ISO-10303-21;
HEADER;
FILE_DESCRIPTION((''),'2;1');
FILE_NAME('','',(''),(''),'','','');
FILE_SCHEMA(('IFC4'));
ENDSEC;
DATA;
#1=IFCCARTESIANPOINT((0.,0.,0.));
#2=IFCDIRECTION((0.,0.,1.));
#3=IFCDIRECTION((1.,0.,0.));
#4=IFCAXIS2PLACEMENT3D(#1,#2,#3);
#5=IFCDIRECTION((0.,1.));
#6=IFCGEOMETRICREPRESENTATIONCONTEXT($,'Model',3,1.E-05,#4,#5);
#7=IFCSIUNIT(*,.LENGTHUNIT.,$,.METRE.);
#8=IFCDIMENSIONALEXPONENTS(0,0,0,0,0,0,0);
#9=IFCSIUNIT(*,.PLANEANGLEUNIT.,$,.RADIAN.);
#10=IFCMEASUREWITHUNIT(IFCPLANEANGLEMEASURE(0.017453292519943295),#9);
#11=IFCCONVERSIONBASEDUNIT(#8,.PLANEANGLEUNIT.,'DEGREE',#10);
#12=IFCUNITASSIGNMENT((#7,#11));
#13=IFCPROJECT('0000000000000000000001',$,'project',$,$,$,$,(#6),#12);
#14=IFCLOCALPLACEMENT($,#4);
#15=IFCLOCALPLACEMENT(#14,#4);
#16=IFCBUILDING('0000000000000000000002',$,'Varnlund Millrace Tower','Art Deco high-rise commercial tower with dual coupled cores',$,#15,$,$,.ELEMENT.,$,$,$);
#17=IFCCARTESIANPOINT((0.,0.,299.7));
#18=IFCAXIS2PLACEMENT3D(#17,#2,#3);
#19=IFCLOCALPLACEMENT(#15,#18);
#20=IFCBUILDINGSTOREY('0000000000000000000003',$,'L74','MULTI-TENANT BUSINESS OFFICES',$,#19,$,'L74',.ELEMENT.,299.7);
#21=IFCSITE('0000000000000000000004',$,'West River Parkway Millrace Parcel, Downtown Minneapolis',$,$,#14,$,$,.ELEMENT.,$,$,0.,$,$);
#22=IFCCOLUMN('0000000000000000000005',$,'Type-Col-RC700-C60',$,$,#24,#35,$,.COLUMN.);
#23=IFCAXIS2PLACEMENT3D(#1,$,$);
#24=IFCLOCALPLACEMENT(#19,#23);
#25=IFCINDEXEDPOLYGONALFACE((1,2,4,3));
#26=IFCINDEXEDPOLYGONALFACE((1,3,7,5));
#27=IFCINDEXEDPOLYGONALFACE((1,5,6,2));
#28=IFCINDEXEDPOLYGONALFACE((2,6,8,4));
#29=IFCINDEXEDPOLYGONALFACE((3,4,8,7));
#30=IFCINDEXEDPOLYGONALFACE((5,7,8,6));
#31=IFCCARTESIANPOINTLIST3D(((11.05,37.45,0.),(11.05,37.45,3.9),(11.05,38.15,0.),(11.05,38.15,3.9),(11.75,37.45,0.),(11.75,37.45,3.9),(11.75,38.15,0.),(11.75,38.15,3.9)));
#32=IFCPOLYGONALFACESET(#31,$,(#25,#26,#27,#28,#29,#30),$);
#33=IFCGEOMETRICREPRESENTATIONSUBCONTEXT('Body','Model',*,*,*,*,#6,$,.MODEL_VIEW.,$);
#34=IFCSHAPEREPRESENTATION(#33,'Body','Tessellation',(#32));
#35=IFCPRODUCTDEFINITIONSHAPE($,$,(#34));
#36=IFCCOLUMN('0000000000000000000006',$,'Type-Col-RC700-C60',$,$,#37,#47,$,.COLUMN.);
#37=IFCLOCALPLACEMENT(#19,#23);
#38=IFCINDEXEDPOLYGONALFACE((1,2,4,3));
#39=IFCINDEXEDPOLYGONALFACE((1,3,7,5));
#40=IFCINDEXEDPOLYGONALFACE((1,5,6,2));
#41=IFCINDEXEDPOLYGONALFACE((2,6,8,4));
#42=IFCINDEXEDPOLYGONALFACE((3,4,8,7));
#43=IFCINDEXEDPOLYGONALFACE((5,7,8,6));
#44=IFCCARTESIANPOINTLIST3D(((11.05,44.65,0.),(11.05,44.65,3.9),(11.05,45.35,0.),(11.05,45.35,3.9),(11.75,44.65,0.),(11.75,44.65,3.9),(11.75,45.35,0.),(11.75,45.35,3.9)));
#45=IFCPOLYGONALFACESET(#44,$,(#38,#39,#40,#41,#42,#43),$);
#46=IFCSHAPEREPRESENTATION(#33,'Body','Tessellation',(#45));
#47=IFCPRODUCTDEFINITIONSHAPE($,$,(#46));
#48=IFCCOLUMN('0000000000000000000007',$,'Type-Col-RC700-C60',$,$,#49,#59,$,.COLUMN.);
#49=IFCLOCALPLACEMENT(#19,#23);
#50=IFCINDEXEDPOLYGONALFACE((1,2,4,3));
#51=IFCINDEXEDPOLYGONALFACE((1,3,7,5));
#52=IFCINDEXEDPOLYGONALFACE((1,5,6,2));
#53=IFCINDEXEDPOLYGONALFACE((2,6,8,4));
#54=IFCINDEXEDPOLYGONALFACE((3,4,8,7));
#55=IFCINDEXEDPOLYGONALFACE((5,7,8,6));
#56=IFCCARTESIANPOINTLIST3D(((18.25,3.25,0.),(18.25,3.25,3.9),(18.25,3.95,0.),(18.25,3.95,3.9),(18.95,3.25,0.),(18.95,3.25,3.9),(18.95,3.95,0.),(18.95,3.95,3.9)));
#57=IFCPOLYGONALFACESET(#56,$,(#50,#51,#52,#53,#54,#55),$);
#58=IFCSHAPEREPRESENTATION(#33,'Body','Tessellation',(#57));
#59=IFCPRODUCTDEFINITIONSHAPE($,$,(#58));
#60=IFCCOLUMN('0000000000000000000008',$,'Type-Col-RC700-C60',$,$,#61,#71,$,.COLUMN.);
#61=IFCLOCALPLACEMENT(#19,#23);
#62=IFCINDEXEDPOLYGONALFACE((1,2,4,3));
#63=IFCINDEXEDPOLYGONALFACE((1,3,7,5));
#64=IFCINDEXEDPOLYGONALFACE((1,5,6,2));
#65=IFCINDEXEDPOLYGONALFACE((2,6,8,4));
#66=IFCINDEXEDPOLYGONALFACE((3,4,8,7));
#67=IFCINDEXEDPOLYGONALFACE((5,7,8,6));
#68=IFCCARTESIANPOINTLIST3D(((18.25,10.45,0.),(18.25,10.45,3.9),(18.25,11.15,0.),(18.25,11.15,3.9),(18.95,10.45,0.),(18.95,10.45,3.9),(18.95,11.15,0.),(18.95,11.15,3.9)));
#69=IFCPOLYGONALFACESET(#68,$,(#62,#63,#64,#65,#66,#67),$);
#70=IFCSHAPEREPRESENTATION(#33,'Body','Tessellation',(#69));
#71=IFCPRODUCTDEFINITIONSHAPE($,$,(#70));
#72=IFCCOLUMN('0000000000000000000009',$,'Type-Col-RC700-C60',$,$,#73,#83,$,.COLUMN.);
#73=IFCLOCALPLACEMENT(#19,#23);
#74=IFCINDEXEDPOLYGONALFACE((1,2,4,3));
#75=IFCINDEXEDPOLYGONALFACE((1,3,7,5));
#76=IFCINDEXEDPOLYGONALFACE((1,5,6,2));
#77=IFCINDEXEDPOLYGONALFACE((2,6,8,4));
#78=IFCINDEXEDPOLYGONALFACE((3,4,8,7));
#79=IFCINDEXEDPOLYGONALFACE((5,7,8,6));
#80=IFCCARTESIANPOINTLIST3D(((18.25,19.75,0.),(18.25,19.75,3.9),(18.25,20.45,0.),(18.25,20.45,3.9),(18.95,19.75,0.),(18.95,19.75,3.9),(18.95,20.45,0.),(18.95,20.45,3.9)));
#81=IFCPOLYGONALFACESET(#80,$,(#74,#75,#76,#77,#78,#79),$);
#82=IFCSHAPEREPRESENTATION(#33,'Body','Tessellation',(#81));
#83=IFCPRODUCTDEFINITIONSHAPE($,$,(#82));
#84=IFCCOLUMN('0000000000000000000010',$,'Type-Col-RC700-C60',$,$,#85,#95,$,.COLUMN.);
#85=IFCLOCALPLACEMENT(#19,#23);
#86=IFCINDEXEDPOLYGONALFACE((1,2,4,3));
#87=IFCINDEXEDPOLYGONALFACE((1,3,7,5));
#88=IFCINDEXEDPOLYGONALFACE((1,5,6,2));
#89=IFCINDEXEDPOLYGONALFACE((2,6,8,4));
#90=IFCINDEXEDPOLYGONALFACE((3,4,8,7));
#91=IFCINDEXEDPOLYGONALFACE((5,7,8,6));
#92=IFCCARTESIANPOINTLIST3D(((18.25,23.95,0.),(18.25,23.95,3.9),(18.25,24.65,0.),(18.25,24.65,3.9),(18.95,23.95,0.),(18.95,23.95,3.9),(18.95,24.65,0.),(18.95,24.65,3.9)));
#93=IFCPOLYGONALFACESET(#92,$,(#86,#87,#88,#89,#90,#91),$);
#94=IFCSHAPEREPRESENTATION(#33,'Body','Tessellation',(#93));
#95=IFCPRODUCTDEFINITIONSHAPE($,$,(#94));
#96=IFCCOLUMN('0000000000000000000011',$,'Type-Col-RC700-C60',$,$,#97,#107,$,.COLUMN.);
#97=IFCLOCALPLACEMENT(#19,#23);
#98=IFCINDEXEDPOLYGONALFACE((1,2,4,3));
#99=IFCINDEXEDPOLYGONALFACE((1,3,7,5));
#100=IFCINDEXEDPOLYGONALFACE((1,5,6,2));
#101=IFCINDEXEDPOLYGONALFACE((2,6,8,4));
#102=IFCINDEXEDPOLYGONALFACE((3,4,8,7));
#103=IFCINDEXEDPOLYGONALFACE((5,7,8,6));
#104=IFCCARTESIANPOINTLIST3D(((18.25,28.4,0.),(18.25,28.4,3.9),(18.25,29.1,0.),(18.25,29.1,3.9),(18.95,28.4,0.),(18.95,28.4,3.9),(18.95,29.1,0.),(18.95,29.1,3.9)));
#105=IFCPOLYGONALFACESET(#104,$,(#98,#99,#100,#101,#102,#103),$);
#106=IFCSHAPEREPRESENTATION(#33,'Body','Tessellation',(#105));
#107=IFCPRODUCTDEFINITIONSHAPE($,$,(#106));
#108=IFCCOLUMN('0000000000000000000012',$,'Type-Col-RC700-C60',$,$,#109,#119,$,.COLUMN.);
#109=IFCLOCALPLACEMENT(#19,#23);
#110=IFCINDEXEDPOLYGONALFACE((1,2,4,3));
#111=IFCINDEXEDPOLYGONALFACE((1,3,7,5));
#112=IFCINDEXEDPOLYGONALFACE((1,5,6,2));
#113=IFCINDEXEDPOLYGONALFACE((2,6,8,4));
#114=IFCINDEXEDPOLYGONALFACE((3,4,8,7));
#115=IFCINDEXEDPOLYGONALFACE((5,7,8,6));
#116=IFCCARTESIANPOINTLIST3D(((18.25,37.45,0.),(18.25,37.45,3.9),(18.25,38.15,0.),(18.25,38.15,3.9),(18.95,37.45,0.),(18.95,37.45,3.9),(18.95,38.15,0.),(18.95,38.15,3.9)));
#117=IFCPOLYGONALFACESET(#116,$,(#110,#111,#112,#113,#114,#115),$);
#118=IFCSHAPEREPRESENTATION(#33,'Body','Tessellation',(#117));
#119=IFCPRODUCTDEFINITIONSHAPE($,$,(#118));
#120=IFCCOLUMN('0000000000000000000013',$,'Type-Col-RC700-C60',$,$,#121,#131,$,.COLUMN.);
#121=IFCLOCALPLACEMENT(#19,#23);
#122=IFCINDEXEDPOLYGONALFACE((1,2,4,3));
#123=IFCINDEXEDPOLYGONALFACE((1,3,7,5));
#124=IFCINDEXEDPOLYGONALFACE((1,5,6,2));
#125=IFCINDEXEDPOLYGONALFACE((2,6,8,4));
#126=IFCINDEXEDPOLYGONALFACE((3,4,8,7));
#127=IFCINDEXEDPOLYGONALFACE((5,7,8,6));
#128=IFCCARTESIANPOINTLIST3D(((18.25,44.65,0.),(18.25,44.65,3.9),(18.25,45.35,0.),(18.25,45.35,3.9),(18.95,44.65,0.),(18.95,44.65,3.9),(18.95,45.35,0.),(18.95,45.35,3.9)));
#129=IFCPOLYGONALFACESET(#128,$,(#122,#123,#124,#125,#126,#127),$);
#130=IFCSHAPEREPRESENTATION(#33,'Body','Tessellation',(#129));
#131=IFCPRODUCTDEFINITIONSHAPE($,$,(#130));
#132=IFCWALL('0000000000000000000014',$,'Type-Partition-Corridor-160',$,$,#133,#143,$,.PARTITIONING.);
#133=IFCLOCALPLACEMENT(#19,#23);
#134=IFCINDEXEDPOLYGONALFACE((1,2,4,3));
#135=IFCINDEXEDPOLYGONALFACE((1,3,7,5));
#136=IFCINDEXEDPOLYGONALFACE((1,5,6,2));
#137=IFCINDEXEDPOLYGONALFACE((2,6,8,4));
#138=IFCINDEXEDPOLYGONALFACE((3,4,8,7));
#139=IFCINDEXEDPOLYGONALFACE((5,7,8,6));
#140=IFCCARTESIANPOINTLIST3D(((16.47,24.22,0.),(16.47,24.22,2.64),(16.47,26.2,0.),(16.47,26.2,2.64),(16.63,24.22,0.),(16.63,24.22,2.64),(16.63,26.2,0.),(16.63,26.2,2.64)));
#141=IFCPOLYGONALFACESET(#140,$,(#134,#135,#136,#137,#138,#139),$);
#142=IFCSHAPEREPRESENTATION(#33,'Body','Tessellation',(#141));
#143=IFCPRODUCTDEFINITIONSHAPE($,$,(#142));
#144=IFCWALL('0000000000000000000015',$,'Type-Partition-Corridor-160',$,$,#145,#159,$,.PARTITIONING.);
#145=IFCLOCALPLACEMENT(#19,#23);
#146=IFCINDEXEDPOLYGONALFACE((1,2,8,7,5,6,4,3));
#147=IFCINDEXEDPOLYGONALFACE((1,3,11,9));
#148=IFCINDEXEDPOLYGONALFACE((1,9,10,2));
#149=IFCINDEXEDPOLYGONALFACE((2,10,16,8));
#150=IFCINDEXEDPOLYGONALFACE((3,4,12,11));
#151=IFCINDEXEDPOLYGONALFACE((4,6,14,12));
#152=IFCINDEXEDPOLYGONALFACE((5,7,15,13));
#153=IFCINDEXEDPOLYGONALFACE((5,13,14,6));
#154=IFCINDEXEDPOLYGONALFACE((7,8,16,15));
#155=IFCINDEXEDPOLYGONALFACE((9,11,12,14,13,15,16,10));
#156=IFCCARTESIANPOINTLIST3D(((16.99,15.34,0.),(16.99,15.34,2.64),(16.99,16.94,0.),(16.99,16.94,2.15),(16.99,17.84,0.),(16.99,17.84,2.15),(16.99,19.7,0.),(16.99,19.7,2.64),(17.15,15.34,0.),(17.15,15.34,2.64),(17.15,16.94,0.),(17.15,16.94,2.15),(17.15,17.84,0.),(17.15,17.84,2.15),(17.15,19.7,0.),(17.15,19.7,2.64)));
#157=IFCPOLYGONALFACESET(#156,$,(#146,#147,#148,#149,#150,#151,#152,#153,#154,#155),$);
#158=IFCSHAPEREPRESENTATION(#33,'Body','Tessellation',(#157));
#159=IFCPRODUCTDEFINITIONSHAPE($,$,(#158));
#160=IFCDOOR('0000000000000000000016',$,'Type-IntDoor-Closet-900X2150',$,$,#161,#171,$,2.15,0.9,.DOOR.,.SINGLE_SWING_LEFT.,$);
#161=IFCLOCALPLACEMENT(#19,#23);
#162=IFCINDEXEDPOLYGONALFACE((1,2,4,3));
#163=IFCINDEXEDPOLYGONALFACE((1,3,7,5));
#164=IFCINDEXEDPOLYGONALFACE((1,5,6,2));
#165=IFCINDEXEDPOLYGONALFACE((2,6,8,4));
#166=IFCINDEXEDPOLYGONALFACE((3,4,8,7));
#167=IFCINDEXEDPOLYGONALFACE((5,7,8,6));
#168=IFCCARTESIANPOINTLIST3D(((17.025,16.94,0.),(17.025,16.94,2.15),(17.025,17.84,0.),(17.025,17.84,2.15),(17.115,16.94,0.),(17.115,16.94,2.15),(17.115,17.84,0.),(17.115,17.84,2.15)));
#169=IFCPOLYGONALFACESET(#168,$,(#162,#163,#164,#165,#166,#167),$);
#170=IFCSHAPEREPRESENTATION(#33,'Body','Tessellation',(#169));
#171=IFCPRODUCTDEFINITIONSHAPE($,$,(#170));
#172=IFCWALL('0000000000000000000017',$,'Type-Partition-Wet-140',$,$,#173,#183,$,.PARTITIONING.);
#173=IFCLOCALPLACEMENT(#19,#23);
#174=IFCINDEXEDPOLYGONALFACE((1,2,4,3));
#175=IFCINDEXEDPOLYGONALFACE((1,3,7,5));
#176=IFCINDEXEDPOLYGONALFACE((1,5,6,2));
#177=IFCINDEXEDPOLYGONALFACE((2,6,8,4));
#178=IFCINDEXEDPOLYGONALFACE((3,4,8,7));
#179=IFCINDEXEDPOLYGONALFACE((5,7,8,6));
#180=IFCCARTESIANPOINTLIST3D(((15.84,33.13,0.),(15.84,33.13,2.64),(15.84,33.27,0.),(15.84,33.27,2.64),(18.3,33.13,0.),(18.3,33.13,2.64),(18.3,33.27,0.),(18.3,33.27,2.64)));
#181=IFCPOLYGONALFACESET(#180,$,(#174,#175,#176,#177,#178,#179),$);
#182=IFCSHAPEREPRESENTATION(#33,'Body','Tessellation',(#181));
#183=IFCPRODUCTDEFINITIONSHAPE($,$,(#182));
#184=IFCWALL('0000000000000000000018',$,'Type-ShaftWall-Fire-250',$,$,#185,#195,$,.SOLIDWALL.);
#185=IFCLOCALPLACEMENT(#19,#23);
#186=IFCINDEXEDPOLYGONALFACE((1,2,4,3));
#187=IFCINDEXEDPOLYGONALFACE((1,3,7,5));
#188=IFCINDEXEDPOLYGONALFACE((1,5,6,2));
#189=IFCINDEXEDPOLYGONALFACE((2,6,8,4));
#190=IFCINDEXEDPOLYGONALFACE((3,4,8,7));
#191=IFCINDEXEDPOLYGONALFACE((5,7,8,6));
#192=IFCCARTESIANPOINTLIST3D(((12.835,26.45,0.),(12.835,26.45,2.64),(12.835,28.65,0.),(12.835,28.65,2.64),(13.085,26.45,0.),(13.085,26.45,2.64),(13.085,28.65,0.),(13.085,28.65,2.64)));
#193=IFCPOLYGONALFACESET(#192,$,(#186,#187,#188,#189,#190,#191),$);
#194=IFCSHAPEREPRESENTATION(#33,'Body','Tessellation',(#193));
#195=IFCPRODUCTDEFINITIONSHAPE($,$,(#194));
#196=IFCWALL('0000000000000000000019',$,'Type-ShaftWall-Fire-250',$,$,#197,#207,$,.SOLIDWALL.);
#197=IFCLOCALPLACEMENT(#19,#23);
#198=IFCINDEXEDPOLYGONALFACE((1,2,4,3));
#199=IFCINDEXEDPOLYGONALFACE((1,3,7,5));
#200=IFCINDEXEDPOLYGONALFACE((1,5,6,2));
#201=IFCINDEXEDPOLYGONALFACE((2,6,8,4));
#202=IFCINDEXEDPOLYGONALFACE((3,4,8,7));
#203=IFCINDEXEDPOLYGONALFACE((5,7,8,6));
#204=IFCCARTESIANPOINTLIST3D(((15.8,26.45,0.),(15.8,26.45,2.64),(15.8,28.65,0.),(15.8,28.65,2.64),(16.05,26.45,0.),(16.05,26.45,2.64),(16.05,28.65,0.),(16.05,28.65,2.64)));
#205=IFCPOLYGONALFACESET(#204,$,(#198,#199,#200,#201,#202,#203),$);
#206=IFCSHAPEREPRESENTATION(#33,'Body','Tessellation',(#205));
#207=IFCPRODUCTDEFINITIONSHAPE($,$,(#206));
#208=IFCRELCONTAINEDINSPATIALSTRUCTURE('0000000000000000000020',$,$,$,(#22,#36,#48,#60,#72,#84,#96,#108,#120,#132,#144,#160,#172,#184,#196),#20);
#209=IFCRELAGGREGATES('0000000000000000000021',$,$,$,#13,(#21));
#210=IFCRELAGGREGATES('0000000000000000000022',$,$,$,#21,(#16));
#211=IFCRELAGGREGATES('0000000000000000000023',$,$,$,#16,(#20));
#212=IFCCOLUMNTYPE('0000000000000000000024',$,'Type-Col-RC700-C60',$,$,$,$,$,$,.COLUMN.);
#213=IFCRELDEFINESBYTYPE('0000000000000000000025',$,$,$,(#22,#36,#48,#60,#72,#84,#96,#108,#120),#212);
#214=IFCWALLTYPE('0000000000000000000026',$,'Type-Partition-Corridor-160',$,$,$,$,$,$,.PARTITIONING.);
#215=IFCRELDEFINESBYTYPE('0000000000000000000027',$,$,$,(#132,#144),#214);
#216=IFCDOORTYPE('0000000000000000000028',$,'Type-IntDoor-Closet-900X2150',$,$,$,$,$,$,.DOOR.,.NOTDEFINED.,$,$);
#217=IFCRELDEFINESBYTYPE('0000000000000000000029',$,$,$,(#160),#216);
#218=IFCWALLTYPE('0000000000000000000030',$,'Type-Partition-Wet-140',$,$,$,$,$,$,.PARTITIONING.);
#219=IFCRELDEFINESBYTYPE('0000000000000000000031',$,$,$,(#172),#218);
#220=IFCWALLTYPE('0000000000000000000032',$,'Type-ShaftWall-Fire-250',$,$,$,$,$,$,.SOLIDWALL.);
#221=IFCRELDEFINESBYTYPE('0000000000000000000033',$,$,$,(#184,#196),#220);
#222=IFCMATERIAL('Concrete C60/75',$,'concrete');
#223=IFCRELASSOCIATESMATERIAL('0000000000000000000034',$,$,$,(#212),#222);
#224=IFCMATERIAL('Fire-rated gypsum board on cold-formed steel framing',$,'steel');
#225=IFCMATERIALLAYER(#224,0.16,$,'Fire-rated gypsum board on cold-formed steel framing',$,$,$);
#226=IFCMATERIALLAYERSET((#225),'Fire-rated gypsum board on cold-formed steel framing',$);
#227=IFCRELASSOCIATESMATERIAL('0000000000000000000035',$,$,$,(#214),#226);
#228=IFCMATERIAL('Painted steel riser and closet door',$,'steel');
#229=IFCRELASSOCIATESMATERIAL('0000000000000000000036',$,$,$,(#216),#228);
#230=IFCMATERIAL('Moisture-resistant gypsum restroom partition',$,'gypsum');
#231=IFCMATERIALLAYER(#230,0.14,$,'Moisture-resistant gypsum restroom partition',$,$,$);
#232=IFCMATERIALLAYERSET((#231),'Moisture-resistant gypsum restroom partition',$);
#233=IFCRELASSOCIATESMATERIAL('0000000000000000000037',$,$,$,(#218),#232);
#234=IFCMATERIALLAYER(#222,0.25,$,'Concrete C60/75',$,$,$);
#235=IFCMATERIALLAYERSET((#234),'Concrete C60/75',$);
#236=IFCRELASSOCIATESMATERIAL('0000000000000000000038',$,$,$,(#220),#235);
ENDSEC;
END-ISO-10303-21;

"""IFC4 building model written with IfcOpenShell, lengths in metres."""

from ifc_helpers import new_model, entity, si_unit, converted_unit, direction, frame, origin_with_axes, origin_2d_with_axis, place, context, subcontext, project, spatial, polyline, rectangle, outline, extrude, material, layer, layer_set, material_profile, profile_set, type_object, element, fill, save


model = new_model("IFC4")

# Units and contexts
model_context = context("Model", 3, precision=1e-05, world=origin_with_axes(), true_north=direction((0.0, 1.0)))
body_context = subcontext(model_context, "Body", "Model", "MODEL_VIEW")
ifc_project = project(units=[si_unit("LENGTHUNIT", "METRE"), converted_unit("PLANEANGLEUNIT", "DEGREE", entity("IfcPlaneAngleMeasure", 0.017453292519943295), si_unit("PLANEANGLEUNIT", "RADIAN"), dimensions=[0, 0, 0, 0, 0, 0, 0])], contexts=[model_context])

# Site, building, storey
site_placement = place(None, origin_with_axes())
site = spatial("IfcSite", under=ifc_project, at=site_placement, Name="West River Parkway Millrace Parcel, Downtown Minneapolis", CompositionType="ELEMENT", RefElevation=0.0)
building_placement = place(site_placement, origin_with_axes())
building = spatial("IfcBuilding", under=site, at=building_placement, Name="Varnlund Millrace Tower", Description="Art Deco high-rise commercial tower with dual coupled cores", CompositionType="ELEMENT")
storey_placement = place(building_placement, frame((0.0, 0.0, 299.7), z_axis=(0.0, 0.0, 1.0), x_axis=(1.0, 0.0, 0.0)))
storey = spatial("IfcBuildingStorey", under=building, at=storey_placement, Name="L74", Description="MULTI-TENANT BUSINESS OFFICES", LongName="L74", CompositionType="ELEMENT", Elevation=299.7)

# Columns
ifc_material_1 = material(Name="Concrete C60/75", Category="concrete")
ifc_material_profile_1 = material_profile(ifc_material_1, rectangle(XDim=0.7, YDim=0.7, at=origin_2d_with_axis()), Name="Concrete C60/75")
ifc_profile_set_1 = profile_set([ifc_material_profile_1], Name="Concrete C60/75")
column_type_1 = type_object("IfcColumnType", Name="Type-Col-RC700-C60", PredefinedType="COLUMN", material=ifc_profile_set_1)
for number, where, z_axis, x_axis, name in (
    (1, (11.4, 37.8, 0.0), (0.0, 0.0, 1.0), (1.0, 0.0, 0.0), "Type-Col-RC700-C60"),
    (2, (11.4, 45.0, 0.0), (0.0, 0.0, 1.0), (1.0, 0.0, 0.0), "Type-Col-RC700-C60"),
    (3, (18.6, 3.6, 0.0), (0.0, 0.0, 1.0), (1.0, 0.0, 0.0), "Type-Col-RC700-C60"),
    (4, (18.6, 10.8, 0.0), (0.0, 0.0, 1.0), (1.0, 0.0, 0.0), "Type-Col-RC700-C60"),
    (5, (18.6, 20.1, 0.0), (0.0, 0.0, 1.0), (1.0, 0.0, 0.0), "Type-Col-RC700-C60"),
    (6, (18.6, 24.3, 0.0), (0.0, 0.0, 1.0), (1.0, 0.0, 0.0), "Type-Col-RC700-C60"),
    (7, (18.6, 28.75, 0.0), (0.0, 0.0, 1.0), (1.0, 0.0, 0.0), "Type-Col-RC700-C60"),
    (8, (18.6, 37.8, 0.0), (0.0, 0.0, 1.0), (1.0, 0.0, 0.0), "Type-Col-RC700-C60"),
    (9, (18.6, 45.0, 0.0), (0.0, 0.0, 1.0), (1.0, 0.0, 0.0), "Type-Col-RC700-C60"),
):
    element("IfcColumn", number, at=place(storey_placement, frame(where, z_axis=z_axis, x_axis=x_axis)), inside=storey, type_object=column_type_1, Name=name, PredefinedType="COLUMN", context=body_context, shape_type="SweptSolid", body=[
        extrude(rectangle(XDim=0.7, YDim=0.7, at=origin_2d_with_axis()), origin_with_axes(), (0.0, 0.0, 1.0), 3.9),
    ])

# Wall
ifc_material_2 = material(Name="Fire-rated gypsum board on cold-formed steel framing", Category="steel")
ifc_layer_1 = layer(ifc_material_2, 0.16, Name="Fire-rated gypsum board on cold-formed steel framing")
ifc_layer_set_1 = layer_set([ifc_layer_1], Name="Fire-rated gypsum board on cold-formed steel framing")
wall_type_1 = type_object("IfcWallType", Name="Type-Partition-Corridor-160", PredefinedType="PARTITIONING", material=ifc_layer_set_1)
wall_1_placement = place(storey_placement, frame((16.55, 24.22, 0.0), z_axis=(0.0, 0.0, 1.0), x_axis=(0.0, 1.0, 0.0)))
element("IfcWall", 10, at=wall_1_placement, inside=storey, type_object=wall_type_1, Name="Type-Partition-Corridor-160", PredefinedType="PARTITIONING", context=body_context, shape_type="SweptSolid", body=[
    extrude(outline(polyline([(0.0, -0.08), (1.98, -0.08), (1.98, 0.08), (0.0, 0.08), (0.0, -0.08)])), origin_with_axes(), (0.0, 0.0, 1.0), 2.64),
])

# Wall, opening, door
wall_2_placement = place(storey_placement, frame((17.07, 15.34, 0.0), z_axis=(0.0, 0.0, 1.0), x_axis=(0.0, 1.0, 0.0)))
wall_2 = element("IfcWall", 11, at=wall_2_placement, inside=storey, type_object=wall_type_1, Name="Type-Partition-Corridor-160", PredefinedType="PARTITIONING", context=body_context, shape_type="SweptSolid", body=[
    extrude(outline(polyline([(0.0, -0.08), (4.36, -0.08), (4.36, 0.08), (0.0, 0.08), (0.0, -0.08)])), origin_with_axes(), (0.0, 0.0, 1.0), 2.64),
])
opening_1_placement = place(wall_2_placement, frame((2.05, 0.0, 0.0), z_axis=(0.0, 0.0, 1.0), x_axis=(1.0, 0.0, 0.0)))
opening_1 = element("IfcOpeningElement", 12, at=opening_1_placement, cuts=wall_2, PredefinedType="OPENING", context=body_context, shape_type="SweptSolid", body=[
    extrude(rectangle(XDim=0.9, YDim=0.18, at=origin_2d_with_axis()), origin_with_axes(), (0.0, 0.0, 1.0), 2.15),
])
ifc_material_3 = material(Name="Painted steel riser and closet door", Category="steel")
door_type_1 = type_object("IfcDoorType", Name="Type-IntDoor-Closet-900X2150", OperationType="NOTDEFINED", PredefinedType="DOOR", material=ifc_material_3)
door_1_placement = place(wall_2_placement, frame((2.05, 0.0, 0.0), z_axis=(0.0, 0.0, 1.0), x_axis=(1.0, 0.0, 0.0)))
door_1 = element("IfcDoor", 13, at=door_1_placement, inside=storey, type_object=door_type_1, Name="Type-IntDoor-Closet-900X2150", OperationType="SINGLE_SWING_LEFT", OverallHeight=2.15, OverallWidth=0.9, PredefinedType="DOOR", context=body_context, shape_type="SweptSolid", body=[
    extrude(rectangle(XDim=0.9, YDim=0.09, at=origin_2d_with_axis()), origin_with_axes(), (0.0, 0.0, 1.0), 2.15),
])
fill(opening_1, door_1)

# Walls
ifc_material_4 = material(Name="Moisture-resistant gypsum restroom partition", Category="gypsum")
ifc_layer_2 = layer(ifc_material_4, 0.14, Name="Moisture-resistant gypsum restroom partition")
ifc_layer_set_2 = layer_set([ifc_layer_2], Name="Moisture-resistant gypsum restroom partition")
wall_type_2 = type_object("IfcWallType", Name="Type-Partition-Wet-140", PredefinedType="PARTITIONING", material=ifc_layer_set_2)
wall_3_placement = place(storey_placement, frame((15.84, 33.2, 0.0), z_axis=(0.0, 0.0, 1.0), x_axis=(1.0, 0.0, 0.0)))
element("IfcWall", 14, at=wall_3_placement, inside=storey, type_object=wall_type_2, Name="Type-Partition-Wet-140", PredefinedType="PARTITIONING", context=body_context, shape_type="SweptSolid", body=[
    extrude(outline(polyline([(0.0, -0.07), (2.46, -0.07), (2.46, 0.07), (0.0, 0.07), (0.0, -0.07)])), origin_with_axes(), (0.0, 0.0, 1.0), 2.64),
])
ifc_layer_3 = layer(ifc_material_1, 0.25, Name="Concrete C60/75")
ifc_layer_set_3 = layer_set([ifc_layer_3], Name="Concrete C60/75")
wall_type_3 = type_object("IfcWallType", Name="Type-ShaftWall-Fire-250", PredefinedType="SOLIDWALL", material=ifc_layer_set_3)
for number, where, z_axis, x_axis, name in (
    (15, (12.96, 26.45, 0.0), (0.0, 0.0, 1.0), (0.0, 1.0, 0.0), "Type-ShaftWall-Fire-250"),
    (16, (15.925, 26.45, 0.0), (0.0, 0.0, 1.0), (0.0, 1.0, 0.0), "Type-ShaftWall-Fire-250"),
):
    element("IfcWall", number, at=place(storey_placement, frame(where, z_axis=z_axis, x_axis=x_axis)), inside=storey, type_object=wall_type_3, Name=name, PredefinedType="SOLIDWALL", context=body_context, shape_type="SweptSolid", body=[
        extrude(outline(polyline([(0.0, -0.125), (2.2, -0.125), (2.2, 0.125), (0.0, 0.125), (0.0, -0.125)])), origin_with_axes(), (0.0, 0.0, 1.0), 2.64),
    ])

save(model, "model.ifc")
